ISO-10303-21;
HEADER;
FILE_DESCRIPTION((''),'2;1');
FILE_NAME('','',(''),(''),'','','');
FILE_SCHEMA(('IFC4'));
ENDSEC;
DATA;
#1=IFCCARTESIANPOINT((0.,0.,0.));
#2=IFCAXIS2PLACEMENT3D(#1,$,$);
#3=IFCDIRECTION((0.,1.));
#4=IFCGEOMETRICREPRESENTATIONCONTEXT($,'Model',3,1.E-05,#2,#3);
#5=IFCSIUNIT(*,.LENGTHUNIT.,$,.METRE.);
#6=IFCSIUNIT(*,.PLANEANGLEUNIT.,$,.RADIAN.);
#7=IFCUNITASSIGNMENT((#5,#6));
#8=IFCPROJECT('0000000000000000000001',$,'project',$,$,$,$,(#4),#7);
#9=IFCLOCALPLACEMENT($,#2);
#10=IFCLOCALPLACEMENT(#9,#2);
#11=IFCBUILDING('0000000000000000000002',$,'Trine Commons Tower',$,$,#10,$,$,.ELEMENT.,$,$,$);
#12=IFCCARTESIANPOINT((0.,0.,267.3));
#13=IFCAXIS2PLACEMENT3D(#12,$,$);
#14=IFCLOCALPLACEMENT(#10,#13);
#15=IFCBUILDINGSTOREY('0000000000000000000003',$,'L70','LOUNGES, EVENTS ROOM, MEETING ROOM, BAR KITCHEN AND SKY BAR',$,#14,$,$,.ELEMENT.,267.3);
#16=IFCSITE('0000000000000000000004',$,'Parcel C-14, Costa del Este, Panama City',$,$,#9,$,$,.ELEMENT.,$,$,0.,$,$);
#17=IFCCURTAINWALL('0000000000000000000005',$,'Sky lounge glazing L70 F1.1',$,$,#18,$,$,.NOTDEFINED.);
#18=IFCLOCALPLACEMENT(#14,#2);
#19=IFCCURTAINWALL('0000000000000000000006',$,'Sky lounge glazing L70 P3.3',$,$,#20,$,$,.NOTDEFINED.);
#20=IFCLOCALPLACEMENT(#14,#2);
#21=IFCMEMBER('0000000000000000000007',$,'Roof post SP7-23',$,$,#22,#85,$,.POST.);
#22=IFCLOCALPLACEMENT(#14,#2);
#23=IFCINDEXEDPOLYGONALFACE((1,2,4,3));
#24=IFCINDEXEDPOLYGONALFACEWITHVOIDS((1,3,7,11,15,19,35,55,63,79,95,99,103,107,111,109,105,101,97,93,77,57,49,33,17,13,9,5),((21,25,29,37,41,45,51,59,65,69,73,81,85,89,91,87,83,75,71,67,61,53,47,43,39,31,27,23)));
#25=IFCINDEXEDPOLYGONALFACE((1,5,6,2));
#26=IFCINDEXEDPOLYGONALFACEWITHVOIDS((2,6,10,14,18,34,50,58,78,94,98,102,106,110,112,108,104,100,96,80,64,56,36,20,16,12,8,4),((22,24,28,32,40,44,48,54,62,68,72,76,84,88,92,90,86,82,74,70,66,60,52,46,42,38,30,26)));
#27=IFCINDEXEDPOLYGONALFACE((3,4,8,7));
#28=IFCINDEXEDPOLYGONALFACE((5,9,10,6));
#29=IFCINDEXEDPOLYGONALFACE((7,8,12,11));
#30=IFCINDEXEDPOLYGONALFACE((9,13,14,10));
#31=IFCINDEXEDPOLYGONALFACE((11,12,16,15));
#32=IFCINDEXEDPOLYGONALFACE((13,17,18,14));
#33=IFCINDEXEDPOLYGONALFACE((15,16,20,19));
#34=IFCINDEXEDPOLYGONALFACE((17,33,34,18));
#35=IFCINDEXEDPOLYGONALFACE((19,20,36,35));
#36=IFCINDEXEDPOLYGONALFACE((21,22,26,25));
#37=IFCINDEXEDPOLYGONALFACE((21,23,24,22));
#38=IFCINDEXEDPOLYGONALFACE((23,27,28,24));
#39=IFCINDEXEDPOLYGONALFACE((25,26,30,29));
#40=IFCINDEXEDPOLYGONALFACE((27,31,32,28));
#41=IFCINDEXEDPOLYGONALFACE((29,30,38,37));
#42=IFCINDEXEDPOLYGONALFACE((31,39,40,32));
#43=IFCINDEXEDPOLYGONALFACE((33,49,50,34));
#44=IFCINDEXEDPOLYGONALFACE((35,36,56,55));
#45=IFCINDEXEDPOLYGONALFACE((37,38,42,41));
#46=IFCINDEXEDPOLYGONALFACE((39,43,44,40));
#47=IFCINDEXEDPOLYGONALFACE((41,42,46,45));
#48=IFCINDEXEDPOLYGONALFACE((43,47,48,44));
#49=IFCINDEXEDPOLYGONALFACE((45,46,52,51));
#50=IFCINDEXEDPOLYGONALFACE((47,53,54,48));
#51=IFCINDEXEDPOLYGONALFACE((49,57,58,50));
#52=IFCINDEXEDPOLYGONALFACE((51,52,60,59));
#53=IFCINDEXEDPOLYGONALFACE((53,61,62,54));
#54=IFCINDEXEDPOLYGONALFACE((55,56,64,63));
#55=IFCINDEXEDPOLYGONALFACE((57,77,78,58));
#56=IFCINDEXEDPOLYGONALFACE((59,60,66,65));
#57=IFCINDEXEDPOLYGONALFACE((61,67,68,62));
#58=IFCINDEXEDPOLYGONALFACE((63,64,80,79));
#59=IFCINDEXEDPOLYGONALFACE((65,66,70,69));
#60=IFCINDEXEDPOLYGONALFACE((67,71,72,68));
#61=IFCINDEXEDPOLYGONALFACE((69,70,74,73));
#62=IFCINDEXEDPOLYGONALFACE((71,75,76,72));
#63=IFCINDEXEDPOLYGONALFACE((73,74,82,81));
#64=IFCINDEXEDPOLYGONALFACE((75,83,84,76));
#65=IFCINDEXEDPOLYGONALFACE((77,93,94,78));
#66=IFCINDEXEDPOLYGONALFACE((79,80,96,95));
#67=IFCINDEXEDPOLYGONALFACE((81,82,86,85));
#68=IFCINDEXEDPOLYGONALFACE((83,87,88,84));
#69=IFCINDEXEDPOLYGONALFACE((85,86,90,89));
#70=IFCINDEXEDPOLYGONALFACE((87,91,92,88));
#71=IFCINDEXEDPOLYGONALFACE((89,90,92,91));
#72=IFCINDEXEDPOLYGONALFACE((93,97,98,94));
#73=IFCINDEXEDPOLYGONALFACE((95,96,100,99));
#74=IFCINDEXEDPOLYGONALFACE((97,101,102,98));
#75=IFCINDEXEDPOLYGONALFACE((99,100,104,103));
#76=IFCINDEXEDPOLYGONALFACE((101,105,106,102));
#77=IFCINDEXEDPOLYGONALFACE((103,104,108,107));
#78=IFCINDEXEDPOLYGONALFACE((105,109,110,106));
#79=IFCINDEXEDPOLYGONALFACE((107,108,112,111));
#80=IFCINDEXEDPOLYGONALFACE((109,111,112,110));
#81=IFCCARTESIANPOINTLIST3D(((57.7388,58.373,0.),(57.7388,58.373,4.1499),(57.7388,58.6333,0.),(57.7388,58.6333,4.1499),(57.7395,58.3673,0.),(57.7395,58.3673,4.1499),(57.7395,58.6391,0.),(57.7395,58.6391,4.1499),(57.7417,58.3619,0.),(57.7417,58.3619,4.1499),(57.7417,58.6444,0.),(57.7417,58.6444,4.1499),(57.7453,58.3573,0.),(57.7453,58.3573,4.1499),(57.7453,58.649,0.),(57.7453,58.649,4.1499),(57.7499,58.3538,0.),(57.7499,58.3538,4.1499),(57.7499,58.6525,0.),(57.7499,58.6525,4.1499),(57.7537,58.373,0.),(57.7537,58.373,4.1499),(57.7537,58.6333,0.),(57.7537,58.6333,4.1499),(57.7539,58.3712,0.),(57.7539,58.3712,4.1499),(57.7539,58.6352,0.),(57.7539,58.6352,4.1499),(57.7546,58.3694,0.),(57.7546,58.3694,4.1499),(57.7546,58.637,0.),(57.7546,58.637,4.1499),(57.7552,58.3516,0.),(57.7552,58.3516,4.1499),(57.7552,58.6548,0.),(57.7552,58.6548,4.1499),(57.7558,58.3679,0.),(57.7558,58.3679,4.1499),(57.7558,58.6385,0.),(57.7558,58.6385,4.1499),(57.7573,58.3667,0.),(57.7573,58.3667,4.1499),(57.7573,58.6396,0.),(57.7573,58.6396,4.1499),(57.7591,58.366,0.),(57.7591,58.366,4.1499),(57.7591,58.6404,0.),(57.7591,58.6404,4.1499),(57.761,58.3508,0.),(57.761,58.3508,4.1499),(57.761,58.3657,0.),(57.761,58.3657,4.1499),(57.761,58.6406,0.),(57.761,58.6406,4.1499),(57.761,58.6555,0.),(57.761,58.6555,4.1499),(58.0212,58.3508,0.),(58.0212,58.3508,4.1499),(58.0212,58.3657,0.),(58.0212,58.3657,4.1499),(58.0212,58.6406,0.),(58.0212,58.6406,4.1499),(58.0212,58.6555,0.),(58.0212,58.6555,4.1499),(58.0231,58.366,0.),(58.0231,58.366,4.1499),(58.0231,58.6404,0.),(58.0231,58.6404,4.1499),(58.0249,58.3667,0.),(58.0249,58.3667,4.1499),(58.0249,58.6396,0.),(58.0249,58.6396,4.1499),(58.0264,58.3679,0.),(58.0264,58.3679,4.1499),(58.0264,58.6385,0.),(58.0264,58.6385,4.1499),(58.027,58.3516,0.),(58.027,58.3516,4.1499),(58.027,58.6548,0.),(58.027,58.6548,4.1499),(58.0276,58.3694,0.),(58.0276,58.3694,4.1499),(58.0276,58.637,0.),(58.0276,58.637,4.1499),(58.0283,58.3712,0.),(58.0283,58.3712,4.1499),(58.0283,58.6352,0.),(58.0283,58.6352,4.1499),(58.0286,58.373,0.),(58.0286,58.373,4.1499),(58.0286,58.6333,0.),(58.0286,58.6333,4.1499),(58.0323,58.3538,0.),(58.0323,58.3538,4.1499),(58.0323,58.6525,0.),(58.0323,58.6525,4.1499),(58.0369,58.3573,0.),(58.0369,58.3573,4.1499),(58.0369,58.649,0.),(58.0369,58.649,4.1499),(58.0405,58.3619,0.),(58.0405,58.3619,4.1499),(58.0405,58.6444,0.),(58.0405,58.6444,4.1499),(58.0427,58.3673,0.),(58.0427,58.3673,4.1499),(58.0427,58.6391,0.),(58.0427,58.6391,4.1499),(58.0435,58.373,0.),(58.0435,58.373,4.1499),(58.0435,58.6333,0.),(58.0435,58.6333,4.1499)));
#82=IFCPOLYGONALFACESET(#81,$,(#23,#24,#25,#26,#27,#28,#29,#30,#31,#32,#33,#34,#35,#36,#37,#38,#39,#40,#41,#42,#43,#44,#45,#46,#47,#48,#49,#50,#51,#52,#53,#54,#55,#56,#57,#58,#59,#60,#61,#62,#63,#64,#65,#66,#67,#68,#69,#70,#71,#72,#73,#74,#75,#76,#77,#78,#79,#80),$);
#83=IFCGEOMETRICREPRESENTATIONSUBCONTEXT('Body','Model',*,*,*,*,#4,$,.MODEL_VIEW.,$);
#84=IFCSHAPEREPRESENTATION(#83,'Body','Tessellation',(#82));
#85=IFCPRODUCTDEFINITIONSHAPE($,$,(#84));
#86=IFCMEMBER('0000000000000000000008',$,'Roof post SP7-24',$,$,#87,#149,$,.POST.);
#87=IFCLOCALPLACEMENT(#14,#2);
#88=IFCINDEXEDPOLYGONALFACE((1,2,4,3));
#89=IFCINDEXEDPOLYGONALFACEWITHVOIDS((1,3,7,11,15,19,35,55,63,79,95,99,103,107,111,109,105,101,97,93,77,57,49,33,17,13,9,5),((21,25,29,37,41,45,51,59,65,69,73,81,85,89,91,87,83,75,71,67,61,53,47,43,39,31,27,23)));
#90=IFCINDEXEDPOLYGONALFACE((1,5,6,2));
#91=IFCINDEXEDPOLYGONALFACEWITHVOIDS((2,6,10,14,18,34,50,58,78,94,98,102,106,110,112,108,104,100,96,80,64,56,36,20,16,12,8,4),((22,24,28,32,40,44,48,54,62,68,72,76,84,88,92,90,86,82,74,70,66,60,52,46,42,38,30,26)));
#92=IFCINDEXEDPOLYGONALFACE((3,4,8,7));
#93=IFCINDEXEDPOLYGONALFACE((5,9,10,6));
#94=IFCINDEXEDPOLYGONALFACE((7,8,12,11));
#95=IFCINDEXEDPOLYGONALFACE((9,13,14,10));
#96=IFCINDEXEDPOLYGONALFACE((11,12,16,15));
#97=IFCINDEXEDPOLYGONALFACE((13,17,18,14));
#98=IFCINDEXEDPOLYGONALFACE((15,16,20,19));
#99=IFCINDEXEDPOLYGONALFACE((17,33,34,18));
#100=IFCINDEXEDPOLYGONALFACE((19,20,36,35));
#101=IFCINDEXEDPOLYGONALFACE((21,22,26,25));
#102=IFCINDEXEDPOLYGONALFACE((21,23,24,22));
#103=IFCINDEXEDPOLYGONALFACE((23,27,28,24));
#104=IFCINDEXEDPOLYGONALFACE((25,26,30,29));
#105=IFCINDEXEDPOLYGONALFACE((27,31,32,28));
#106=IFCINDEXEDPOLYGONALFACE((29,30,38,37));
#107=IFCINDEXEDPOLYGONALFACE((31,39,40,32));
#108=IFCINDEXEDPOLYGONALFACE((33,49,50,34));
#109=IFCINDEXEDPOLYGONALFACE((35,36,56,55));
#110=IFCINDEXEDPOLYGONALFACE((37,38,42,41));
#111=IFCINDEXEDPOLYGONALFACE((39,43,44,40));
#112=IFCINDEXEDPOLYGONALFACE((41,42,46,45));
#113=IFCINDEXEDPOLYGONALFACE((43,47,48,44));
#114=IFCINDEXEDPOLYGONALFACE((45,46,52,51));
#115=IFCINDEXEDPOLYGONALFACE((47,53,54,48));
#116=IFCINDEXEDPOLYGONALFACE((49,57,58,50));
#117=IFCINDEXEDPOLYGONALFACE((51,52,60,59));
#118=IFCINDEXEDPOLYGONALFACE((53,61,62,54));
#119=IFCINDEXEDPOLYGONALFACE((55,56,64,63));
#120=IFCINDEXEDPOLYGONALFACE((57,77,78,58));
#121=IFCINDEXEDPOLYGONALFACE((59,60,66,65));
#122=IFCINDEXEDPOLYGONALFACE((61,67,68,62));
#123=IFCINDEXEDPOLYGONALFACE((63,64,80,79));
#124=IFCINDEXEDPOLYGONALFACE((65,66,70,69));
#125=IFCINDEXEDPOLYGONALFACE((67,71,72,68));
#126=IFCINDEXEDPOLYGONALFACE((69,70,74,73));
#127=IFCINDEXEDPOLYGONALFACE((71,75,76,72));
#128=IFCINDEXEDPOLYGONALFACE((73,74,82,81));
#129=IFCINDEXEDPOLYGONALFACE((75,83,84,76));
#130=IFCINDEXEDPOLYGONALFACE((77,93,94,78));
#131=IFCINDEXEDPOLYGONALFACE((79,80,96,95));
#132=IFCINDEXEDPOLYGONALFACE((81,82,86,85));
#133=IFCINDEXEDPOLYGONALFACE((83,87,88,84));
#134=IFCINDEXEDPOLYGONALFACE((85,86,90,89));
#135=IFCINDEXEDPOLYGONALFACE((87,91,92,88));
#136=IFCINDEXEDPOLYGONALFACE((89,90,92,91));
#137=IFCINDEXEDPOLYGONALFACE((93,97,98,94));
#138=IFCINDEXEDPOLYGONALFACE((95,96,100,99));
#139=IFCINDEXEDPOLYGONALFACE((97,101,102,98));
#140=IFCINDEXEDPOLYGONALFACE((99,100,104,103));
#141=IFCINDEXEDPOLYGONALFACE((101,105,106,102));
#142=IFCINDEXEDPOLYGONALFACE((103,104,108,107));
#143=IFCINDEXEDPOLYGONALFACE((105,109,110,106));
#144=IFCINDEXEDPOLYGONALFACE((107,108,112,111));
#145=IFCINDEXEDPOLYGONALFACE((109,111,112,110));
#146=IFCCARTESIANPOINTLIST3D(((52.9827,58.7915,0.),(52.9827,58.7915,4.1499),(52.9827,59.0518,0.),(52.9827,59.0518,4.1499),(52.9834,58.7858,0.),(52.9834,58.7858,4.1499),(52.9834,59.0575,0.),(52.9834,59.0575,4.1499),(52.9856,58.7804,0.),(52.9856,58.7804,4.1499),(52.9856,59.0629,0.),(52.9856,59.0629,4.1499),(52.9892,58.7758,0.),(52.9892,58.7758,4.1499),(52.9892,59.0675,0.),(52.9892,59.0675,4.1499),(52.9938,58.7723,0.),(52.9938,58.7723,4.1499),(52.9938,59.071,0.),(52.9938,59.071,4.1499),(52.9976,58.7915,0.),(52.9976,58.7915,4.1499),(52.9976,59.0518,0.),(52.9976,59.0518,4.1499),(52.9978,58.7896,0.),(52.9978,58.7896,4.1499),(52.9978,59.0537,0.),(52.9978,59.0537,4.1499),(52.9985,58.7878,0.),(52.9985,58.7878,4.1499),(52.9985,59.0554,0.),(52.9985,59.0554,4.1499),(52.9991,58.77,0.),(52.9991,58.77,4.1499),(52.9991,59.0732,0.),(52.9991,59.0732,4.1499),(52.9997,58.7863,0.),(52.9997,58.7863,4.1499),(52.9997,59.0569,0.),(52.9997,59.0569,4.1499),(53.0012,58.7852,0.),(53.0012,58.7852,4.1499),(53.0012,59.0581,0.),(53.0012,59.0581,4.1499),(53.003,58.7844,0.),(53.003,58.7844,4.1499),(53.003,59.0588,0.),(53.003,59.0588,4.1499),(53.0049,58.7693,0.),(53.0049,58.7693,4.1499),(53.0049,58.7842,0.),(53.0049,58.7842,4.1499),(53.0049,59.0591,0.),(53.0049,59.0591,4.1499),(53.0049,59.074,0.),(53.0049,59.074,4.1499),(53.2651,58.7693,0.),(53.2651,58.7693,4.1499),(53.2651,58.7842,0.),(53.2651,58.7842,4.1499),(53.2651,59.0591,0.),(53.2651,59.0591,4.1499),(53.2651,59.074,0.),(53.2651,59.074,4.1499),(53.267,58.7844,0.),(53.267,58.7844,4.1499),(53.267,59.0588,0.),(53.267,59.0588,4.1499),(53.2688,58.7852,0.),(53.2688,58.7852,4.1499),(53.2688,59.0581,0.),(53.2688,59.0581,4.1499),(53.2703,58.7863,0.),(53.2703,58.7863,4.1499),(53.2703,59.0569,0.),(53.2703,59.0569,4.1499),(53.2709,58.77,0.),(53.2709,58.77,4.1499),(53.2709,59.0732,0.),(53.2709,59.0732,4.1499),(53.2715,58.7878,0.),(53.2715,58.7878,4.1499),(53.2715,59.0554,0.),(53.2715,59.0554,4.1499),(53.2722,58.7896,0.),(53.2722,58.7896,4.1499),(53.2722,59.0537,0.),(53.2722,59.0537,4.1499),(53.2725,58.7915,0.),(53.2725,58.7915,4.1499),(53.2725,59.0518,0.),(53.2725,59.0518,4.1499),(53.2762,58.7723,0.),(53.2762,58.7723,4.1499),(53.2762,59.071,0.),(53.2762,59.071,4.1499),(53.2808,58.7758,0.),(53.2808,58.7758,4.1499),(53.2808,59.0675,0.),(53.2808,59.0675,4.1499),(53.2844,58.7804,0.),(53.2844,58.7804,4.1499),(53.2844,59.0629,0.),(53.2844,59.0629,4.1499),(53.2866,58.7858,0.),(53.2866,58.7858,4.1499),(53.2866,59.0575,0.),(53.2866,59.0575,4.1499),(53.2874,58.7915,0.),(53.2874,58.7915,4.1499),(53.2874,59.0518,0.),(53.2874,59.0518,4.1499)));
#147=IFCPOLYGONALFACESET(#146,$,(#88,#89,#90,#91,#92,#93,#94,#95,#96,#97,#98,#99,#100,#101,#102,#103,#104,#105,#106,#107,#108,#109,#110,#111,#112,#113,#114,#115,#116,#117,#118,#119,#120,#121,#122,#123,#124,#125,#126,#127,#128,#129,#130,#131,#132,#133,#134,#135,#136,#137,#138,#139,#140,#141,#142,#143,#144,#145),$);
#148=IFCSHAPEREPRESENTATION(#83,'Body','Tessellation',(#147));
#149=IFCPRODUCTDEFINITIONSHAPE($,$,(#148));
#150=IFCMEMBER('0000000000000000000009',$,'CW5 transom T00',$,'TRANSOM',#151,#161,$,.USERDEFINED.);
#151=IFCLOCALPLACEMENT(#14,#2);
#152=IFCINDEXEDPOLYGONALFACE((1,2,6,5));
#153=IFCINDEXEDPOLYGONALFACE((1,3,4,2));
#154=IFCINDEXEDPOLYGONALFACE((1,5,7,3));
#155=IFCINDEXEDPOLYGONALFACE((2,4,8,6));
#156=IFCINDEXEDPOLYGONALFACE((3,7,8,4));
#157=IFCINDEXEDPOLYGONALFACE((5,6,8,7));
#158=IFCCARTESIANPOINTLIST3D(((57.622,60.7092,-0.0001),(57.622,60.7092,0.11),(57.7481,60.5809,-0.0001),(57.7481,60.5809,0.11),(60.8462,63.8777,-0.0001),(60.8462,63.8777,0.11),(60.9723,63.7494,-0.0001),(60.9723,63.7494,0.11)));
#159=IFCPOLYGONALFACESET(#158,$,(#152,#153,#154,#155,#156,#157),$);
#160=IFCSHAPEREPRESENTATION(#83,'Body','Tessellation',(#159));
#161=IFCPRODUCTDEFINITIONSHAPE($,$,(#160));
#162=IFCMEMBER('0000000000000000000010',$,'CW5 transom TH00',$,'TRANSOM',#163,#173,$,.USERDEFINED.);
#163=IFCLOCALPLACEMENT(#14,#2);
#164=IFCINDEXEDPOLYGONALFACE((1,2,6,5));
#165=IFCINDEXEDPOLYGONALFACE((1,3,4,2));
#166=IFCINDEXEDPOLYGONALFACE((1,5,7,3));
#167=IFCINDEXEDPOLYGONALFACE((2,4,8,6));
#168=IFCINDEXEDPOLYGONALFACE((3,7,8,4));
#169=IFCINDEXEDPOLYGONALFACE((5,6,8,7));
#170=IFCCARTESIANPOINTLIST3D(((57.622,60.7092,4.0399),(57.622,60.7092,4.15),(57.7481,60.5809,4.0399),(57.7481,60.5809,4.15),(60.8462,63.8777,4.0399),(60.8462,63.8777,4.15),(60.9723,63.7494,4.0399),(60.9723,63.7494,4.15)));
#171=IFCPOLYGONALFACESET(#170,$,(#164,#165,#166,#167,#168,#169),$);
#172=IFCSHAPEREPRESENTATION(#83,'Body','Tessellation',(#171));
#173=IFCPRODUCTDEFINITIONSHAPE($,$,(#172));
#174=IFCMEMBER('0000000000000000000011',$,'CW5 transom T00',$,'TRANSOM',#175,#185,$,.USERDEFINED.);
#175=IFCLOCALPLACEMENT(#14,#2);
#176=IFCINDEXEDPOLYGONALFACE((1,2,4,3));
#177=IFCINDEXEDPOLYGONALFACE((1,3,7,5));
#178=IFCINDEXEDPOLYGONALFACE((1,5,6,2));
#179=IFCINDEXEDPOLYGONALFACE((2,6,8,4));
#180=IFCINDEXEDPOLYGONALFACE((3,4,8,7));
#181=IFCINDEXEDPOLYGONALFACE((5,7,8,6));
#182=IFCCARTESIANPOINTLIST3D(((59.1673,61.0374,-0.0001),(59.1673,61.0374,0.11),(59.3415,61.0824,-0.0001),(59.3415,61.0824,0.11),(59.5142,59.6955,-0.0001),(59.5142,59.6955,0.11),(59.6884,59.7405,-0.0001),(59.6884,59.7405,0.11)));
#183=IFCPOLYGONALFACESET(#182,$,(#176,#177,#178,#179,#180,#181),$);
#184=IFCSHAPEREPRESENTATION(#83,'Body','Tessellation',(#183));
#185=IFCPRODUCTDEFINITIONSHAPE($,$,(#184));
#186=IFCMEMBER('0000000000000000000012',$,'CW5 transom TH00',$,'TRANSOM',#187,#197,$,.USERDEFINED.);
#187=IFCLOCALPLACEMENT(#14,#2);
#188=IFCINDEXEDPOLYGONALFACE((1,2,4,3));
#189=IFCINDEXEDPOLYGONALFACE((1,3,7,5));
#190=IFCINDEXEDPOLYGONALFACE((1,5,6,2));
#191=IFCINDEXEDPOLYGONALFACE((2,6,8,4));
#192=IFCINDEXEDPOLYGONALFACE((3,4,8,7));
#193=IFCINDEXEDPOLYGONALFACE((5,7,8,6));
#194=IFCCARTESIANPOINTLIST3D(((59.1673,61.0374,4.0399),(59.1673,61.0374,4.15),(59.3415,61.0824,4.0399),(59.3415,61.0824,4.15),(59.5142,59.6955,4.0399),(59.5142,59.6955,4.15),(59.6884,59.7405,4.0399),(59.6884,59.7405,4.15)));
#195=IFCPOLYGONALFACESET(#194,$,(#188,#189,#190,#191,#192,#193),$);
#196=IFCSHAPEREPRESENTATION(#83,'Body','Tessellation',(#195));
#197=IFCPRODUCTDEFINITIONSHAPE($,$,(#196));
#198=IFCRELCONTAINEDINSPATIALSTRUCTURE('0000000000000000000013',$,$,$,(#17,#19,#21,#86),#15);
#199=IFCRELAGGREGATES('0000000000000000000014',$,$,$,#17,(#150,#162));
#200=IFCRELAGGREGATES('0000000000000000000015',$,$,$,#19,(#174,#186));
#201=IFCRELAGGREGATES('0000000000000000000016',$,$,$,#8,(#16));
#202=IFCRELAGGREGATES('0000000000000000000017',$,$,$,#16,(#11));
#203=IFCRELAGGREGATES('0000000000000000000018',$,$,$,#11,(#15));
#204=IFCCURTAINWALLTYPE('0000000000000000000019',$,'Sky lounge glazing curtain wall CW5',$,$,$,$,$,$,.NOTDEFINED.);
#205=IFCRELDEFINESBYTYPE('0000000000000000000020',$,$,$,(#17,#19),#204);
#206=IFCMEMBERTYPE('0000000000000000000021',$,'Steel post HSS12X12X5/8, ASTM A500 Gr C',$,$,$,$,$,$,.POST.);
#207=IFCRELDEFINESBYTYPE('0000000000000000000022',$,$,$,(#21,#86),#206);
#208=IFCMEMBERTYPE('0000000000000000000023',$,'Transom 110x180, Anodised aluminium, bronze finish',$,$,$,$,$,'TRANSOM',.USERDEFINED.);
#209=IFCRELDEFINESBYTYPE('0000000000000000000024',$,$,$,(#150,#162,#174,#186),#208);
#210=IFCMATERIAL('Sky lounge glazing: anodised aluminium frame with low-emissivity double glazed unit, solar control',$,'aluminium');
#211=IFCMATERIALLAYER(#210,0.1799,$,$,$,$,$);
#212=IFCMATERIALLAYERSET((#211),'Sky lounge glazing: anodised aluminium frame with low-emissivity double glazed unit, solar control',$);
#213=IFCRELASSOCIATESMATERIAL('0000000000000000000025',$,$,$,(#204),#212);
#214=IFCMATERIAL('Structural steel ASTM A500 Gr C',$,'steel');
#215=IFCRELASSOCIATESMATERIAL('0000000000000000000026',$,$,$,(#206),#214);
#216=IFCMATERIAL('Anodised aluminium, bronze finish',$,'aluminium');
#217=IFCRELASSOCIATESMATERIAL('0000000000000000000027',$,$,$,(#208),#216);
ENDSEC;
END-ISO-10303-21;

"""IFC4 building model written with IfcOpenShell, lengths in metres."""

from ifc_helpers import new_model, si_unit, direction, frame, origin, origin_2d, place, context, subcontext, project, spatial, rectangle, hollow_rectangle, extrude, material, layer, layer_set, material_profile, profile_set, type_object, element, aggregate, save


model = new_model("IFC4")

# Units and contexts
model_context = context("Model", 3, precision=1e-05, world=origin(), true_north=direction((0.0, 1.0)))
body_context = subcontext(model_context, "Body", "Model", "MODEL_VIEW")
ifc_project = project(units=[si_unit("LENGTHUNIT", "METRE"), si_unit("PLANEANGLEUNIT", "RADIAN")], contexts=[model_context])

# Site, building, storey
site_placement = place(None, origin())
site = spatial("IfcSite", under=ifc_project, at=site_placement, Name="Parcel C-14, Costa del Este, Panama City", CompositionType="ELEMENT", RefElevation=0.0)
building_placement = place(site_placement, origin())
building = spatial("IfcBuilding", under=site, at=building_placement, Name="Trine Commons Tower", CompositionType="ELEMENT")
storey_placement = place(building_placement, frame((0.0, 0.0, 267.3)))
storey = spatial("IfcBuildingStorey", under=building, at=storey_placement, Name="L70", Description="LOUNGES, EVENTS ROOM, MEETING ROOM, BAR KITCHEN AND SKY BAR", CompositionType="ELEMENT", Elevation=267.3)

# Curtain wall
ifc_material_1 = material(Name="Sky lounge glazing: anodised aluminium frame with low-emissivity double glazed unit, solar control", Category="aluminium")
ifc_layer_1 = layer(ifc_material_1, 0.1799)
ifc_layer_set_1 = layer_set([ifc_layer_1], Name="Sky lounge glazing: anodised aluminium frame with low-emissivity double glazed unit, solar control")
curtain_wall_type = type_object("IfcCurtainWallType", Name="Sky lounge glazing curtain wall CW5", PredefinedType="NOTDEFINED", material=ifc_layer_set_1)
curtain_wall_1_placement = place(storey_placement, origin())
curtain_wall_1 = element("IfcCurtainWall", 1, at=curtain_wall_1_placement, inside=storey, type_object=curtain_wall_type, Name="Sky lounge glazing L70 F1.1", PredefinedType="NOTDEFINED")
ifc_material_2 = material(Name="Anodised aluminium, bronze finish", Category="aluminium")

# Curtain wall
curtain_wall_2_placement = place(storey_placement, origin())
curtain_wall_2 = element("IfcCurtainWall", 2, at=curtain_wall_2_placement, inside=storey, type_object=curtain_wall_type, Name="Sky lounge glazing L70 P3.3", PredefinedType="NOTDEFINED")

# Members
ifc_material_3 = material(Name="Structural steel ASTM A500 Gr C", Category="steel")
ifc_material_profile_1 = material_profile(ifc_material_3, hollow_rectangle(XDim=0.3047, YDim=0.3047, WallThickness=0.0149, InnerFilletRadius=0.0073, OuterFilletRadius=0.0222, at=origin_2d()), Name="HSS12X12X5/8")
ifc_profile_set_1 = profile_set([ifc_material_profile_1], Name="Structural steel ASTM A500 Gr C")
member_type_1 = type_object("IfcMemberType", Name="Steel post HSS12X12X5/8, ASTM A500 Gr C", PredefinedType="POST", material=ifc_profile_set_1)
for number, where, z_axis, x_axis, name in (
    (3, (57.8911, 58.5032, 0.0), (0.0, 0.0, 1.0), (1.0, 0.0, 0.0), "Roof post SP7-23"),
    (4, (53.135, 58.9216, 0.0), (0.0, 0.0, 1.0), (1.0, 0.0, 0.0), "Roof post SP7-24"),
):
    element("IfcMember", number, at=place(storey_placement, frame(where, z_axis=z_axis, x_axis=x_axis)), inside=storey, type_object=member_type_1, Name=name, PredefinedType="POST", context=body_context, shape_type="SweptSolid", body=[
        extrude(hollow_rectangle(XDim=0.3047, YDim=0.3047, WallThickness=0.0149, InnerFilletRadius=0.0073, OuterFilletRadius=0.0222, at=origin_2d()), origin(), (0.0, 0.0, 1.0), 4.1499),
    ])

# Members
ifc_material_profile_2 = material_profile(ifc_material_2, rectangle(XDim=0.1799, YDim=0.1101, at=origin_2d()), Name="Transom 110x180")
ifc_profile_set_2 = profile_set([ifc_material_profile_2], Name="Anodised aluminium, bronze finish")
member_type_2 = type_object("IfcMemberType", Name="Transom 110x180, Anodised aluminium, bronze finish", ElementType="TRANSOM", PredefinedType="USERDEFINED", material=ifc_profile_set_2)
member_1_placement = place(storey_placement, frame((57.6851, 60.645, 0.0549), z_axis=(0.713237, 0.700923, 0.0), x_axis=(-0.700923, 0.713237, 0.0)))
member_1 = element("IfcMember", 5, at=member_1_placement, type_object=member_type_2, Name="CW5 transom T00", ObjectType="TRANSOM", PredefinedType="USERDEFINED", context=body_context, shape_type="SweptSolid", body=[
    extrude(rectangle(XDim=0.1799, YDim=0.1101, at=origin_2d()), origin(), (0.0, 0.0, 1.0), 4.5205),
])
member_2_placement = place(storey_placement, frame((57.6851, 60.645, 4.095), z_axis=(0.713237, 0.700923, 0.0), x_axis=(-0.700923, 0.713237, 0.0)))
member_2 = element("IfcMember", 6, at=member_2_placement, type_object=member_type_2, Name="CW5 transom TH00", ObjectType="TRANSOM", PredefinedType="USERDEFINED", context=body_context, shape_type="SweptSolid", body=[
    extrude(rectangle(XDim=0.1799, YDim=0.1101, at=origin_2d()), origin(), (0.0, 0.0, 1.0), 4.5205),
])
aggregate(curtain_wall_1, [member_1, member_2])
member_3_placement = place(storey_placement, frame((59.6013, 59.718, 0.0549), z_axis=(-0.25032, 0.968163, 0.0), x_axis=(-0.968163, -0.25032, 0.0)))
member_3 = element("IfcMember", 7, at=member_3_placement, type_object=member_type_2, Name="CW5 transom T00", ObjectType="TRANSOM", PredefinedType="USERDEFINED", context=body_context, shape_type="SweptSolid", body=[
    extrude(rectangle(XDim=0.1799, YDim=0.1101, at=origin_2d()), origin(), (0.0, 0.0, 1.0), 1.386),
])
member_4_placement = place(storey_placement, frame((59.6013, 59.718, 4.095), z_axis=(-0.25032, 0.968163, 0.0), x_axis=(-0.968163, -0.25032, 0.0)))
member_4 = element("IfcMember", 8, at=member_4_placement, type_object=member_type_2, Name="CW5 transom TH00", ObjectType="TRANSOM", PredefinedType="USERDEFINED", context=body_context, shape_type="SweptSolid", body=[
    extrude(rectangle(XDim=0.1799, YDim=0.1101, at=origin_2d()), origin(), (0.0, 0.0, 1.0), 1.386),
])

aggregate(curtain_wall_2, [member_3, member_4])

save(model, "model.ifc")
